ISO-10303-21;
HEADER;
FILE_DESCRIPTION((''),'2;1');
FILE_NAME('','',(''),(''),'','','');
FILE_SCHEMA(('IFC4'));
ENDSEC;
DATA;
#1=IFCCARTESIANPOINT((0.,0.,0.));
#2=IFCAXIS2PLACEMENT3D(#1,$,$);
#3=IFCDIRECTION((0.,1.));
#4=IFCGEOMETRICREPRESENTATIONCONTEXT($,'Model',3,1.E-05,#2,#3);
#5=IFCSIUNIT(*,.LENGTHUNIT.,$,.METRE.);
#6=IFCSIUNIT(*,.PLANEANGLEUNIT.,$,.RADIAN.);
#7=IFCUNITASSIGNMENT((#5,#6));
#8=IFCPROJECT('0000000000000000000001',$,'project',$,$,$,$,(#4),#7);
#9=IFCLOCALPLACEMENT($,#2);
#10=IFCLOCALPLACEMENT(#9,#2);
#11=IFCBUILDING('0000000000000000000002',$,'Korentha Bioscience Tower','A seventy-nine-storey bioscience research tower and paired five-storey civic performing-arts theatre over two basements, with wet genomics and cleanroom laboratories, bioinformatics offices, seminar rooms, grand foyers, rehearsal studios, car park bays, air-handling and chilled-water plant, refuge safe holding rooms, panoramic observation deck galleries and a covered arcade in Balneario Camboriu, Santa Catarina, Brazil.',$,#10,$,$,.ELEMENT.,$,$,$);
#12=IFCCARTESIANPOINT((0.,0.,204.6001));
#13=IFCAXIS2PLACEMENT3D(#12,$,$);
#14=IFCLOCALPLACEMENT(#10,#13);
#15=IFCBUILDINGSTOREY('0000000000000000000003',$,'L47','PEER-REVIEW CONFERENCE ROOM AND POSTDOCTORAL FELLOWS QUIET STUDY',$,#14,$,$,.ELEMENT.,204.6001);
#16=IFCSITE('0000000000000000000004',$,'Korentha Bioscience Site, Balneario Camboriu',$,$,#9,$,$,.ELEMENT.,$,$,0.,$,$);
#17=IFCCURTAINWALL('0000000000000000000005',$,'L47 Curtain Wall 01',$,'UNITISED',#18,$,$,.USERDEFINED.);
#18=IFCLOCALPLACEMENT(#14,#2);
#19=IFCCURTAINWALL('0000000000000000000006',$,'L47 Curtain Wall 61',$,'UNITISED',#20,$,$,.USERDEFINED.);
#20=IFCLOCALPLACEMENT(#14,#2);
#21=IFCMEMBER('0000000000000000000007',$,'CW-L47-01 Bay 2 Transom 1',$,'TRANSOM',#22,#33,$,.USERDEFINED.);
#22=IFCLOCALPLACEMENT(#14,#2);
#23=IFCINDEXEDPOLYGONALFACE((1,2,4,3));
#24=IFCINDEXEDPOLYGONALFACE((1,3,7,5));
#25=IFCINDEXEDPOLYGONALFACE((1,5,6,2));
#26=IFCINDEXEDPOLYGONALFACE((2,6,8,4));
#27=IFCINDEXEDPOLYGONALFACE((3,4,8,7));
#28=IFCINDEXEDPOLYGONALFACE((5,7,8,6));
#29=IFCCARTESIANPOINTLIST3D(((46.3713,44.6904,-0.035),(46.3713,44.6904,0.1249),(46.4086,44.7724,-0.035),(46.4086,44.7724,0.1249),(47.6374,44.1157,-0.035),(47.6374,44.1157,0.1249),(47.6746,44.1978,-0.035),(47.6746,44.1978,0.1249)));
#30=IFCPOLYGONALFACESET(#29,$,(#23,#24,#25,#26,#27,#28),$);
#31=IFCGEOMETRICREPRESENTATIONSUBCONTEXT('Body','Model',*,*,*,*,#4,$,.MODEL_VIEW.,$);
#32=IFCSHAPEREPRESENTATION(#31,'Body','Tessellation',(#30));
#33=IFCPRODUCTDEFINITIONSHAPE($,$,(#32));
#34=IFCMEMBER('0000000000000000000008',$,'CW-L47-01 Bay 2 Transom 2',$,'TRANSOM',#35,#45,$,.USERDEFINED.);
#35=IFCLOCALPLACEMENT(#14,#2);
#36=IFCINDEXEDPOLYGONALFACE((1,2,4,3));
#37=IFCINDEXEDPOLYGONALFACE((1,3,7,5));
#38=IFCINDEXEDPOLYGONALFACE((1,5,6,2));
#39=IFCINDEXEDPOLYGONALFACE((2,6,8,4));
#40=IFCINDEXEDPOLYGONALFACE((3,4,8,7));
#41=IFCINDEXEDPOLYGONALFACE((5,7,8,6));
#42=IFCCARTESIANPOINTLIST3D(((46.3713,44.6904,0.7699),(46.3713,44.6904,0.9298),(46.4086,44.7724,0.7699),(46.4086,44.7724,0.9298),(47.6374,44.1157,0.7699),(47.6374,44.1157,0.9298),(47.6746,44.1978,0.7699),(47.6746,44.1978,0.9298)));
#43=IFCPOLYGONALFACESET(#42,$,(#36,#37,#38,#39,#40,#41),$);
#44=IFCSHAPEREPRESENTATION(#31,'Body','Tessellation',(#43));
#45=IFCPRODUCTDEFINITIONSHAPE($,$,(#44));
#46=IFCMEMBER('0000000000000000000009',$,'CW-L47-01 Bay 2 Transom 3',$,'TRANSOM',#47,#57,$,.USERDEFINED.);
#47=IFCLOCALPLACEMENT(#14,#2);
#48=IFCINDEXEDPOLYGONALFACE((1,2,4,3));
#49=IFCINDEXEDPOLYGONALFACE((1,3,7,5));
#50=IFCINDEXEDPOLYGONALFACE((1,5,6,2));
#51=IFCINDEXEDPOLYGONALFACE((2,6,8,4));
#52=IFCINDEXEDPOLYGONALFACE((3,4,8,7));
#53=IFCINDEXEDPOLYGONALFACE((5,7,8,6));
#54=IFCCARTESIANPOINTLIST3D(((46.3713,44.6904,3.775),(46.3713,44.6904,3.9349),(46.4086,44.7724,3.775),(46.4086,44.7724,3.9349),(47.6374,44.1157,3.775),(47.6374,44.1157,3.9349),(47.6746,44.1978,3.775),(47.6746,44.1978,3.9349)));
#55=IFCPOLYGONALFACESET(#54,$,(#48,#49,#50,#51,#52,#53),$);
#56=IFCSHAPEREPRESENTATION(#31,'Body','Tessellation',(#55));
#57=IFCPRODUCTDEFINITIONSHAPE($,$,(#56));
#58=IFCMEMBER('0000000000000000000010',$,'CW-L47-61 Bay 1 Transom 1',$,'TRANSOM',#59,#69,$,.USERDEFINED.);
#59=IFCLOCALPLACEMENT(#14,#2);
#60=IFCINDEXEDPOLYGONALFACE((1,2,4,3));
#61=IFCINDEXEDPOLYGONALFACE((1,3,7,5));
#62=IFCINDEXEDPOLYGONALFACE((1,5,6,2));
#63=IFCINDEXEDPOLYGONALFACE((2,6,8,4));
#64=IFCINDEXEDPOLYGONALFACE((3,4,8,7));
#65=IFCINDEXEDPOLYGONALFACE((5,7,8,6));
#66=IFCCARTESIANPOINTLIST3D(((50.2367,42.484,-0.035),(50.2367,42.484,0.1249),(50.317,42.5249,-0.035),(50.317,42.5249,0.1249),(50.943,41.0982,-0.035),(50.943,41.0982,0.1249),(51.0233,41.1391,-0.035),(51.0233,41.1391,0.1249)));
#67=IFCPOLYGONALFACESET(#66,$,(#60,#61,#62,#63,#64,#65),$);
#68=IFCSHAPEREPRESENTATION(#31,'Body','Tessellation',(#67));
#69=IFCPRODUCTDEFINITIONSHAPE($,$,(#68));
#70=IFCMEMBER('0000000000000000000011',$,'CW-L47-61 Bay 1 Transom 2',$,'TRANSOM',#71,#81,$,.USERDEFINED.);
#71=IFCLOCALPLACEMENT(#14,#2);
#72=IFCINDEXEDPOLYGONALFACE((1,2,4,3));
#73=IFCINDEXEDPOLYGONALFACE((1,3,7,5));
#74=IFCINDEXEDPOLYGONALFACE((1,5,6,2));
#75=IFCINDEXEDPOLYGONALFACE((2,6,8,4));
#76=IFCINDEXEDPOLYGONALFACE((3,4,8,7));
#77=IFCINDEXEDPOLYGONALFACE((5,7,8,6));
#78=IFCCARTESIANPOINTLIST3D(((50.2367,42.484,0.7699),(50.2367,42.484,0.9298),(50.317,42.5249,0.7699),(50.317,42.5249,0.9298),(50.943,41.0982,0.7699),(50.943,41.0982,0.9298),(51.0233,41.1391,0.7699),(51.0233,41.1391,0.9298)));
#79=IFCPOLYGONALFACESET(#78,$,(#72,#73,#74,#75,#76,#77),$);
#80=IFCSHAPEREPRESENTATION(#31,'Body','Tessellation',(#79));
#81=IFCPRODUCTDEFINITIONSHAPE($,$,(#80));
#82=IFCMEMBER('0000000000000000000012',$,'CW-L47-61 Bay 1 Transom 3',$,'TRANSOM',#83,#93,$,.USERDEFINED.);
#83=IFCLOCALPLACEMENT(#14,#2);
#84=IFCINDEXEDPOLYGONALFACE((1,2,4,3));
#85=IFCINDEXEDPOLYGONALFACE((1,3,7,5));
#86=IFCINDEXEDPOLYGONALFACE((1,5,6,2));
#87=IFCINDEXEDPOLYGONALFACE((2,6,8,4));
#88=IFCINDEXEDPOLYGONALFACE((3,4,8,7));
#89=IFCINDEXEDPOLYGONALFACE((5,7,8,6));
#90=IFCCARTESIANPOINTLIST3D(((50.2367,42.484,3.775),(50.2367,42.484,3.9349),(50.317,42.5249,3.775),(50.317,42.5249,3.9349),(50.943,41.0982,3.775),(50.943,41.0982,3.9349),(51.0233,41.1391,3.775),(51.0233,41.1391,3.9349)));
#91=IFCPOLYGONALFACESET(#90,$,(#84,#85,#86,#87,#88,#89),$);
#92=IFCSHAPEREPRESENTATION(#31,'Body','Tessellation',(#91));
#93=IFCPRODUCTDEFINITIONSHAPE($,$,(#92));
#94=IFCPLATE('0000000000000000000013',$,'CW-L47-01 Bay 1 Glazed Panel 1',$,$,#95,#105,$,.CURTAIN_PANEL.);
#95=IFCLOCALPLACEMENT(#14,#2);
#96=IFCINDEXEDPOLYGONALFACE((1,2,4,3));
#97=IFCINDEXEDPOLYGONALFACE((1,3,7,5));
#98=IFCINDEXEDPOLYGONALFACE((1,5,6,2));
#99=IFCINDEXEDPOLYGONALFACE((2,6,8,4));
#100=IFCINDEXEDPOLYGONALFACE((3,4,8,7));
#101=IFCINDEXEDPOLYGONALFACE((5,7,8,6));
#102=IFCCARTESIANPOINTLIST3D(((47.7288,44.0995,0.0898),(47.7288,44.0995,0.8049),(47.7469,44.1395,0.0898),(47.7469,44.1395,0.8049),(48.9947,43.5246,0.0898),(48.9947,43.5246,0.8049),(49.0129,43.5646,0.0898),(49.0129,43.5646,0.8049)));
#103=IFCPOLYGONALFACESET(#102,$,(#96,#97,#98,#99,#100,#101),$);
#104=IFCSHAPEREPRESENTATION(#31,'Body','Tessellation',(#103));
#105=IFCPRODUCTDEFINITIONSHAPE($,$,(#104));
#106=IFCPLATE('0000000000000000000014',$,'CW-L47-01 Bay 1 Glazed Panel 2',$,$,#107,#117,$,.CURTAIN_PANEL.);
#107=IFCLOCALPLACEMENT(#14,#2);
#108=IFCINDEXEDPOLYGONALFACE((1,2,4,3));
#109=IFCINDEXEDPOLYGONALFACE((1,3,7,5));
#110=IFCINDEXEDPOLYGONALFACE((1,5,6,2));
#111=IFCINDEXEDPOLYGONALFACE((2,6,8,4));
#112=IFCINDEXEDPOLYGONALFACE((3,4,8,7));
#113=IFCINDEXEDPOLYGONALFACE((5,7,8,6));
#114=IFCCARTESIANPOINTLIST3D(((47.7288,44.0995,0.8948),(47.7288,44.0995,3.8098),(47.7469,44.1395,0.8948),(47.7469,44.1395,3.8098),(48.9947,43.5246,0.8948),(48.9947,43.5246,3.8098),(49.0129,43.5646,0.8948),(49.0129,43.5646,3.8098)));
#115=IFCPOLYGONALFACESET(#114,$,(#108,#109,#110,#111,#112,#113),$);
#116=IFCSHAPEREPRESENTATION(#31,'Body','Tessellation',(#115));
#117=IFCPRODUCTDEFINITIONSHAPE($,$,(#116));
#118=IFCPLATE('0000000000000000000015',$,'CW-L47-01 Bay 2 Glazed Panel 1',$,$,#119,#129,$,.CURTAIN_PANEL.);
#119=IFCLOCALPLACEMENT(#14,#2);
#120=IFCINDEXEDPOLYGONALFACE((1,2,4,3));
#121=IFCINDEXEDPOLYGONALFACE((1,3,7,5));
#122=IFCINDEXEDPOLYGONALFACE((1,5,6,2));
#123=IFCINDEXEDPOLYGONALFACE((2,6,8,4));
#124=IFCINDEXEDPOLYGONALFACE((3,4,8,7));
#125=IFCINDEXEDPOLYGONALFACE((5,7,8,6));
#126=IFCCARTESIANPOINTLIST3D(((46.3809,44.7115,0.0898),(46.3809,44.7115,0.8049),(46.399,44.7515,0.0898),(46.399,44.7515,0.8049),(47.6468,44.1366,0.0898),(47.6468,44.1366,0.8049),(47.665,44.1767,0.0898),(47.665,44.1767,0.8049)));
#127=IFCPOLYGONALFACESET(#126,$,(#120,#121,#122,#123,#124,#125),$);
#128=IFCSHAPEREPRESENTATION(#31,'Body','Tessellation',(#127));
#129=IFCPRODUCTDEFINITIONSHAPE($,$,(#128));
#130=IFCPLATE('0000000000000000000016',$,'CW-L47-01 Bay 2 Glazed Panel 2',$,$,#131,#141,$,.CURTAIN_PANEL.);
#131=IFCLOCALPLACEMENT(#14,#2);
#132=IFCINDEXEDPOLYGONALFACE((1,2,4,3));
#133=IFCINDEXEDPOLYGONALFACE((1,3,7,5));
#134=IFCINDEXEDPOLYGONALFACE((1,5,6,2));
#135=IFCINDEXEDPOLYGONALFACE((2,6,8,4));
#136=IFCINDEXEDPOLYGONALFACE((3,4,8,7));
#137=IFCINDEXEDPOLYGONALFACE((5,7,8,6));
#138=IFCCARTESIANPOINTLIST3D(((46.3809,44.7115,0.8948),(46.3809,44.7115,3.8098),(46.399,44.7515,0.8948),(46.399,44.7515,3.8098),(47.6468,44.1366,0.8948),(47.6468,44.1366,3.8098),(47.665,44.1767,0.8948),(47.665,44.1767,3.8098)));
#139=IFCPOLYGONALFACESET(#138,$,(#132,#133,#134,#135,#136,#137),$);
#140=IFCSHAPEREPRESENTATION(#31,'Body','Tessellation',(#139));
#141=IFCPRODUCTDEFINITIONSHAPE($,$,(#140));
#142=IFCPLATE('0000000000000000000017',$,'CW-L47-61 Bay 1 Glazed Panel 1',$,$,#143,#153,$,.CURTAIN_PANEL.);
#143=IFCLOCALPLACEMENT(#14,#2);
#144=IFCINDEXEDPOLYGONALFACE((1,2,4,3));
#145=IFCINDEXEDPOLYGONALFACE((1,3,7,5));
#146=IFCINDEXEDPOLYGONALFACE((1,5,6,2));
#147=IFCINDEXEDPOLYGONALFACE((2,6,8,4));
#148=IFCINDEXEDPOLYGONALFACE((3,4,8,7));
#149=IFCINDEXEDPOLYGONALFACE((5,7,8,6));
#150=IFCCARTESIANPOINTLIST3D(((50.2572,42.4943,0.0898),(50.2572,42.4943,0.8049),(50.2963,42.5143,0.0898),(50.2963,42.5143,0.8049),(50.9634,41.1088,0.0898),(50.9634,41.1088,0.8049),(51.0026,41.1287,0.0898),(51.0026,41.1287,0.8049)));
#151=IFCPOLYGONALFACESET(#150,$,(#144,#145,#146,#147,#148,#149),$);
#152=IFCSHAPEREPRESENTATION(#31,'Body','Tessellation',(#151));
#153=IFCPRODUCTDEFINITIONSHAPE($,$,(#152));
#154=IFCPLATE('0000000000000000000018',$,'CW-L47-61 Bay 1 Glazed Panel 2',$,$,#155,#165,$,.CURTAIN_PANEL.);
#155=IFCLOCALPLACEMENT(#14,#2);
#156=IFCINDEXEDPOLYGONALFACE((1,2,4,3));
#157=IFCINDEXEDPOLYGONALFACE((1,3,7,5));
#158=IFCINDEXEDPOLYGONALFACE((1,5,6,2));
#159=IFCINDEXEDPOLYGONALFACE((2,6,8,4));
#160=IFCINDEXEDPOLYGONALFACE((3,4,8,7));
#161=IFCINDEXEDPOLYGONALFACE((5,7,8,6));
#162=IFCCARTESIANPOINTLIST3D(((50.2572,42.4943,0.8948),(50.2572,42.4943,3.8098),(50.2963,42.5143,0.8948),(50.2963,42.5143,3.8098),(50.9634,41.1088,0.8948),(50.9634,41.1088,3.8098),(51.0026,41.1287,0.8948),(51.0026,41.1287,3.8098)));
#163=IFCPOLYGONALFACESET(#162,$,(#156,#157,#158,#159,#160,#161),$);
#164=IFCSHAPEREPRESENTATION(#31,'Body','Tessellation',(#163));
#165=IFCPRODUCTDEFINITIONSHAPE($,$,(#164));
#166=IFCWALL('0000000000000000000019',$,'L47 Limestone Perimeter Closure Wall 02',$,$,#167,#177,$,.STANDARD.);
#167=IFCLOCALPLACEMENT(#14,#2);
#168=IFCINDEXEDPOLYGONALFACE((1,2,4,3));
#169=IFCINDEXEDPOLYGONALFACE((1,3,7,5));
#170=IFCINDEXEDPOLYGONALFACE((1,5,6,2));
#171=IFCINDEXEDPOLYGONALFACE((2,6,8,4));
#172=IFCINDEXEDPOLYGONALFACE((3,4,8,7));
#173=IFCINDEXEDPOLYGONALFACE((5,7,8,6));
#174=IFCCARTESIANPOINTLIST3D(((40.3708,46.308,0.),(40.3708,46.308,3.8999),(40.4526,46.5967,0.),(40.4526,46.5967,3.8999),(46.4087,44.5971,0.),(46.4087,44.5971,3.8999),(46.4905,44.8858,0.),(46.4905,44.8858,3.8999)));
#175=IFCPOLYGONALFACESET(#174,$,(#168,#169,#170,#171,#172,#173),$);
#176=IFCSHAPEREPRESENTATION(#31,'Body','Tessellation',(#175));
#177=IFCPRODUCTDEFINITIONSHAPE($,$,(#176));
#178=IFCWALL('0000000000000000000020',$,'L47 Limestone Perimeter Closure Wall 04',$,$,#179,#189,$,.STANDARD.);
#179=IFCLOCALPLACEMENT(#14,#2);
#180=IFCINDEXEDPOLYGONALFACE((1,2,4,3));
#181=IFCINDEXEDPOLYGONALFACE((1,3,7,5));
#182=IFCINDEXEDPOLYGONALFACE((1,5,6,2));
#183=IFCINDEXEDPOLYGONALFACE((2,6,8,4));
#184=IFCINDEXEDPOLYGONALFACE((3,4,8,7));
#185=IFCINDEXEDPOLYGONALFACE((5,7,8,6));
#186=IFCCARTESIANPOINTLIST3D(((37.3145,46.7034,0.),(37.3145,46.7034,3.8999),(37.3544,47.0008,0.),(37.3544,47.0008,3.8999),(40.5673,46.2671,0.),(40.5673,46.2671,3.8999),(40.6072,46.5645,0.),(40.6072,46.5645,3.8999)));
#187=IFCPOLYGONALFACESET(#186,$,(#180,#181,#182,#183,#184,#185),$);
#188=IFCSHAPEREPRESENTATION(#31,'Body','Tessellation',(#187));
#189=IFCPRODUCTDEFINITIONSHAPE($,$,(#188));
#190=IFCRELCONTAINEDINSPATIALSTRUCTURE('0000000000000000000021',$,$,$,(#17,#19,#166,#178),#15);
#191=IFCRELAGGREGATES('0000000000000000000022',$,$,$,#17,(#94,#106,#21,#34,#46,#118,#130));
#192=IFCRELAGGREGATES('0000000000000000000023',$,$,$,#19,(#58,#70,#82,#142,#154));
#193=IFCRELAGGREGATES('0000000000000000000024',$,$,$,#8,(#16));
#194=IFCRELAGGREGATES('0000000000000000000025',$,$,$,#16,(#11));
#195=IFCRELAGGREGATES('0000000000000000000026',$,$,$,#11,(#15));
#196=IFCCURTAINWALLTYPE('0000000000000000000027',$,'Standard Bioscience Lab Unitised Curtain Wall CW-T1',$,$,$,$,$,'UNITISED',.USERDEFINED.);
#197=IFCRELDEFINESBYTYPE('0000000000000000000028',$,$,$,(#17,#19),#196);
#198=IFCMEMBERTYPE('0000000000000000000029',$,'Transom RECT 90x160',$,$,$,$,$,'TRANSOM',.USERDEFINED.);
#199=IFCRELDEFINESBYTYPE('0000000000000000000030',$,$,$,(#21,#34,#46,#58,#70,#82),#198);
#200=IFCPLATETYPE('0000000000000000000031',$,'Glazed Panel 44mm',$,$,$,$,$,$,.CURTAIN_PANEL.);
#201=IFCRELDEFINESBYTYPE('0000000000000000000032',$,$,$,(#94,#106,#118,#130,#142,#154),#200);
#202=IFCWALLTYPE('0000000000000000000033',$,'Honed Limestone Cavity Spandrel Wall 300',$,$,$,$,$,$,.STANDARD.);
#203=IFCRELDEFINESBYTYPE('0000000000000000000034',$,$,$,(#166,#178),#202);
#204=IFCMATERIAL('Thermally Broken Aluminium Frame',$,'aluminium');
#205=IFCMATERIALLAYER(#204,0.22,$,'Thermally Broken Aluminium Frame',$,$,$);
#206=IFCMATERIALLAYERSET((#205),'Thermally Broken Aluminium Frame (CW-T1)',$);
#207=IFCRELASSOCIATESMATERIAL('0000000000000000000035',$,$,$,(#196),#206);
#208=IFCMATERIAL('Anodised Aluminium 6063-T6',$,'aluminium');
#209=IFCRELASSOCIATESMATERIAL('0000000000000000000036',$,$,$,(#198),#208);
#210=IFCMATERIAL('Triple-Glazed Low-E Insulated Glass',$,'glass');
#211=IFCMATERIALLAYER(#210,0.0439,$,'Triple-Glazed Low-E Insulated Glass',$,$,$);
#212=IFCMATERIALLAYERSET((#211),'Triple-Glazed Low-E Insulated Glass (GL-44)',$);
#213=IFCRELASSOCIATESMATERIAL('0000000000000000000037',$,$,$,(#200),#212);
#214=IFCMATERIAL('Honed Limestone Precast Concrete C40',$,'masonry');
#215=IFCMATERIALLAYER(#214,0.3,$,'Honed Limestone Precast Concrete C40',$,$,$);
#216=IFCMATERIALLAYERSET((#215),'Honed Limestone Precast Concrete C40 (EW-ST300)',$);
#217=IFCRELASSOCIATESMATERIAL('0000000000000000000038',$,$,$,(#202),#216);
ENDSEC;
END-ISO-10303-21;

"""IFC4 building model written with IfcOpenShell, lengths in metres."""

from ifc_helpers import new_model, si_unit, direction, frame, frame_2d, origin, origin_2d, place, context, subcontext, project, spatial, rectangle, extrude, material, layer, layer_set, material_profile, profile_set, type_object, element, aggregate, save


model = new_model("IFC4")

# Units and contexts
model_context = context("Model", 3, precision=1e-05, world=origin(), true_north=direction((0.0, 1.0)))
body_context = subcontext(model_context, "Body", "Model", "MODEL_VIEW")
ifc_project = project(units=[si_unit("LENGTHUNIT", "METRE"), si_unit("PLANEANGLEUNIT", "RADIAN")], contexts=[model_context])

# Site, building, storey
site_placement = place(None, origin())
site = spatial("IfcSite", under=ifc_project, at=site_placement, Name="Korentha Bioscience Site, Balneario Camboriu", CompositionType="ELEMENT", RefElevation=0.0)
building_placement = place(site_placement, origin())
building = spatial("IfcBuilding", under=site, at=building_placement, Name="Korentha Bioscience Tower", Description="A seventy-nine-storey bioscience research tower and paired five-storey civic performing-arts theatre over two basements, with wet genomics and cleanroom laboratories, bioinformatics offices, seminar rooms, grand foyers, rehearsal studios, car park bays, air-handling and chilled-water plant, refuge safe holding rooms, panoramic observation deck galleries and a covered arcade in Balneario Camboriu, Santa Catarina, Brazil.", CompositionType="ELEMENT")
storey_placement = place(building_placement, frame((0.0, 0.0, 204.6001)))
storey = spatial("IfcBuildingStorey", under=building, at=storey_placement, Name="L47", Description="PEER-REVIEW CONFERENCE ROOM AND POSTDOCTORAL FELLOWS QUIET STUDY", CompositionType="ELEMENT", Elevation=204.6001)

# Curtain wall
ifc_material_1 = material(Name="Thermally Broken Aluminium Frame", Category="aluminium")
ifc_layer_1 = layer(ifc_material_1, 0.22, Name="Thermally Broken Aluminium Frame")
ifc_layer_set_1 = layer_set([ifc_layer_1], Name="Thermally Broken Aluminium Frame (CW-T1)")
curtain_wall_type = type_object("IfcCurtainWallType", Name="Standard Bioscience Lab Unitised Curtain Wall CW-T1", ElementType="UNITISED", PredefinedType="USERDEFINED", material=ifc_layer_set_1)
curtain_wall_1_placement = place(storey_placement, origin())
curtain_wall_1 = element("IfcCurtainWall", 1, at=curtain_wall_1_placement, inside=storey, type_object=curtain_wall_type, Name="L47 Curtain Wall 01", ObjectType="UNITISED", PredefinedType="USERDEFINED")
ifc_material_2 = material(Name="Anodised Aluminium 6063-T6", Category="aluminium")

# Curtain wall
curtain_wall_2_placement = place(storey_placement, origin())
curtain_wall_2 = element("IfcCurtainWall", 2, at=curtain_wall_2_placement, inside=storey, type_object=curtain_wall_type, Name="L47 Curtain Wall 61", ObjectType="UNITISED", PredefinedType="USERDEFINED")

# Members
ifc_material_profile_1 = material_profile(ifc_material_2, rectangle(XDim=0.0901, YDim=0.1599, at=origin_2d()), Name="Anodised Aluminium 6063-T6")
ifc_profile_set_1 = profile_set([ifc_material_profile_1], Name="Anodised Aluminium 6063-T6 (CW-TRN)")
member_type_1 = type_object("IfcMemberType", Name="Transom RECT 90x160", ElementType="TRANSOM", PredefinedType="USERDEFINED", material=ifc_profile_set_1)
member_1_placement = place(storey_placement, frame((47.656, 44.1567, 0.0449), z_axis=(-0.910583, 0.413327, 0.0), x_axis=(-0.413327, -0.910583, 0.0)))
member_1 = element("IfcMember", 3, at=member_1_placement, type_object=member_type_1, Name="CW-L47-01 Bay 2 Transom 1", ObjectType="TRANSOM", PredefinedType="USERDEFINED", context=body_context, shape_type="SweptSolid", body=[
    extrude(rectangle(XDim=0.0901, YDim=0.1599, at=origin_2d()), origin(), (0.0, 0.0, 1.0), 1.3904),
])
member_2_placement = place(storey_placement, frame((47.656, 44.1567, 0.8499), z_axis=(-0.910583, 0.413327, 0.0), x_axis=(-0.413327, -0.910583, 0.0)))
member_2 = element("IfcMember", 4, at=member_2_placement, type_object=member_type_1, Name="CW-L47-01 Bay 2 Transom 2", ObjectType="TRANSOM", PredefinedType="USERDEFINED", context=body_context, shape_type="SweptSolid", body=[
    extrude(rectangle(XDim=0.0901, YDim=0.1599, at=origin_2d()), origin(), (0.0, 0.0, 1.0), 1.3904),
])
member_3_placement = place(storey_placement, frame((47.656, 44.1567, 3.855), z_axis=(-0.910583, 0.413327, 0.0), x_axis=(-0.413327, -0.910583, 0.0)))
member_3 = element("IfcMember", 5, at=member_3_placement, type_object=member_type_1, Name="CW-L47-01 Bay 2 Transom 3", ObjectType="TRANSOM", PredefinedType="USERDEFINED", context=body_context, shape_type="SweptSolid", body=[
    extrude(rectangle(XDim=0.0901, YDim=0.1599, at=origin_2d()), origin(), (0.0, 0.0, 1.0), 1.3904),
])
member_4_placement = place(storey_placement, frame((50.9832, 41.1187, 0.0449), z_axis=(-0.454107, 0.890947, 0.0), x_axis=(-0.890947, -0.454107, 0.0)))
member_4 = element("IfcMember", 6, at=member_4_placement, type_object=member_type_1, Name="CW-L47-61 Bay 1 Transom 1", ObjectType="TRANSOM", PredefinedType="USERDEFINED", context=body_context, shape_type="SweptSolid", body=[
    extrude(rectangle(XDim=0.0901, YDim=0.1599, at=origin_2d()), origin(), (0.0, 0.0, 1.0), 1.5554),
])
member_5_placement = place(storey_placement, frame((50.9832, 41.1187, 0.8499), z_axis=(-0.454107, 0.890947, 0.0), x_axis=(-0.890947, -0.454107, 0.0)))
member_5 = element("IfcMember", 7, at=member_5_placement, type_object=member_type_1, Name="CW-L47-61 Bay 1 Transom 2", ObjectType="TRANSOM", PredefinedType="USERDEFINED", context=body_context, shape_type="SweptSolid", body=[
    extrude(rectangle(XDim=0.0901, YDim=0.1599, at=origin_2d()), origin(), (0.0, 0.0, 1.0), 1.5554),
])
member_6_placement = place(storey_placement, frame((50.9832, 41.1187, 3.855), z_axis=(-0.454107, 0.890947, 0.0), x_axis=(-0.890947, -0.454107, 0.0)))
member_6 = element("IfcMember", 8, at=member_6_placement, type_object=member_type_1, Name="CW-L47-61 Bay 1 Transom 3", ObjectType="TRANSOM", PredefinedType="USERDEFINED", context=body_context, shape_type="SweptSolid", body=[
    extrude(rectangle(XDim=0.0901, YDim=0.1599, at=origin_2d()), origin(), (0.0, 0.0, 1.0), 1.5554),
])

# Plates
ifc_material_3 = material(Name="Triple-Glazed Low-E Insulated Glass", Category="glass")
ifc_layer_2 = layer(ifc_material_3, 0.0439, Name="Triple-Glazed Low-E Insulated Glass")
ifc_layer_set_2 = layer_set([ifc_layer_2], Name="Triple-Glazed Low-E Insulated Glass (GL-44)")
plate_type = type_object("IfcPlateType", Name="Glazed Panel 44mm", PredefinedType="CURTAIN_PANEL", material=ifc_layer_set_2)
plate_1_placement = place(storey_placement, frame((48.3708, 43.832, 0.0898), z_axis=(0.0, 0.0, 1.0), x_axis=(-0.91052, 0.413465, 0.0)))
plate_1 = element("IfcPlate", 9, at=plate_1_placement, type_object=plate_type, Name="CW-L47-01 Bay 1 Glazed Panel 1", PredefinedType="CURTAIN_PANEL", context=body_context, shape_type="SweptSolid", body=[
    extrude(rectangle(XDim=1.3904, YDim=0.0439, at=origin_2d()), origin(), (0.0, 0.0, 1.0), 0.7151),
])
plate_2_placement = place(storey_placement, frame((48.3708, 43.832, 0.8948), z_axis=(0.0, 0.0, 1.0), x_axis=(-0.91052, 0.413465, 0.0)))
plate_2 = element("IfcPlate", 10, at=plate_2_placement, type_object=plate_type, Name="CW-L47-01 Bay 1 Glazed Panel 2", PredefinedType="CURTAIN_PANEL", context=body_context, shape_type="SweptSolid", body=[
    extrude(rectangle(XDim=1.3904, YDim=0.0439, at=origin_2d()), origin(), (0.0, 0.0, 1.0), 2.915),
])
plate_3_placement = place(storey_placement, frame((47.0229, 44.4441, 0.0898), z_axis=(0.0, 0.0, 1.0), x_axis=(-0.91052, 0.413465, 0.0)))
plate_3 = element("IfcPlate", 11, at=plate_3_placement, type_object=plate_type, Name="CW-L47-01 Bay 2 Glazed Panel 1", PredefinedType="CURTAIN_PANEL", context=body_context, shape_type="SweptSolid", body=[
    extrude(rectangle(XDim=1.3904, YDim=0.0439, at=origin_2d()), origin(), (0.0, 0.0, 1.0), 0.7151),
])
plate_4_placement = place(storey_placement, frame((47.0229, 44.4441, 0.8948), z_axis=(0.0, 0.0, 1.0), x_axis=(-0.91052, 0.413465, 0.0)))
plate_4 = element("IfcPlate", 12, at=plate_4_placement, type_object=plate_type, Name="CW-L47-01 Bay 2 Glazed Panel 2", PredefinedType="CURTAIN_PANEL", context=body_context, shape_type="SweptSolid", body=[
    extrude(rectangle(XDim=1.3904, YDim=0.0439, at=origin_2d()), origin(), (0.0, 0.0, 1.0), 2.915),
])
aggregate(curtain_wall_1, [plate_1, plate_2, member_1, member_2, member_3, plate_3, plate_4])
plate_5_placement = place(storey_placement, frame((50.6299, 41.8115, 0.0898), z_axis=(0.0, 0.0, 1.0), x_axis=(-0.454116, 0.890943, 0.0)))
plate_5 = element("IfcPlate", 13, at=plate_5_placement, type_object=plate_type, Name="CW-L47-61 Bay 1 Glazed Panel 1", PredefinedType="CURTAIN_PANEL", context=body_context, shape_type="SweptSolid", body=[
    extrude(rectangle(XDim=1.5552, YDim=0.0439, at=origin_2d()), origin(), (0.0, 0.0, 1.0), 0.7151),
])
plate_6_placement = place(storey_placement, frame((50.6299, 41.8115, 0.8948), z_axis=(0.0, 0.0, 1.0), x_axis=(-0.454116, 0.890943, 0.0)))
plate_6 = element("IfcPlate", 14, at=plate_6_placement, type_object=plate_type, Name="CW-L47-61 Bay 1 Glazed Panel 2", PredefinedType="CURTAIN_PANEL", context=body_context, shape_type="SweptSolid", body=[
    extrude(rectangle(XDim=1.5552, YDim=0.0439, at=origin_2d()), origin(), (0.0, 0.0, 1.0), 2.915),
])
aggregate(curtain_wall_2, [member_4, member_5, member_6, plate_5, plate_6])

# Walls
ifc_material_4 = material(Name="Honed Limestone Precast Concrete C40", Category="masonry")
ifc_layer_3 = layer(ifc_material_4, 0.3, Name="Honed Limestone Precast Concrete C40")
ifc_layer_set_3 = layer_set([ifc_layer_3], Name="Honed Limestone Precast Concrete C40 (EW-ST300)")
wall_type = type_object("IfcWallType", Name="Honed Limestone Cavity Spandrel Wall 300", PredefinedType="STANDARD", material=ifc_layer_set_3)
wall_1_placement = place(storey_placement, frame((46.4495, 44.7415, 0.0), z_axis=(0.0, 0.0, 1.0), x_axis=(-0.962118, 0.272634, 0.0)))
element("IfcWall", 15, at=wall_1_placement, inside=storey, type_object=wall_type, Name="L47 Limestone Perimeter Closure Wall 02", PredefinedType="STANDARD", context=body_context, shape_type="SweptSolid", body=[
    extrude(rectangle(XDim=6.2756, YDim=0.3, at=frame_2d((3.1377, 0.0))), origin(), (0.0, 0.0, 1.0), 3.8999),
])
wall_2_placement = place(storey_placement, frame((40.5874, 46.4158, 0.0), z_axis=(0.0, 0.0, 1.0), x_axis=(-0.991126, 0.132929, 0.0)))
element("IfcWall", 16, at=wall_2_placement, inside=storey, type_object=wall_type, Name="L47 Limestone Perimeter Closure Wall 04", PredefinedType="STANDARD", context=body_context, shape_type="SweptSolid", body=[
    extrude(rectangle(XDim=3.282, YDim=0.3, at=frame_2d((1.6411, 0.0))), origin(), (0.0, 0.0, 1.0), 3.8999),
])

save(model, "model.ifc")
